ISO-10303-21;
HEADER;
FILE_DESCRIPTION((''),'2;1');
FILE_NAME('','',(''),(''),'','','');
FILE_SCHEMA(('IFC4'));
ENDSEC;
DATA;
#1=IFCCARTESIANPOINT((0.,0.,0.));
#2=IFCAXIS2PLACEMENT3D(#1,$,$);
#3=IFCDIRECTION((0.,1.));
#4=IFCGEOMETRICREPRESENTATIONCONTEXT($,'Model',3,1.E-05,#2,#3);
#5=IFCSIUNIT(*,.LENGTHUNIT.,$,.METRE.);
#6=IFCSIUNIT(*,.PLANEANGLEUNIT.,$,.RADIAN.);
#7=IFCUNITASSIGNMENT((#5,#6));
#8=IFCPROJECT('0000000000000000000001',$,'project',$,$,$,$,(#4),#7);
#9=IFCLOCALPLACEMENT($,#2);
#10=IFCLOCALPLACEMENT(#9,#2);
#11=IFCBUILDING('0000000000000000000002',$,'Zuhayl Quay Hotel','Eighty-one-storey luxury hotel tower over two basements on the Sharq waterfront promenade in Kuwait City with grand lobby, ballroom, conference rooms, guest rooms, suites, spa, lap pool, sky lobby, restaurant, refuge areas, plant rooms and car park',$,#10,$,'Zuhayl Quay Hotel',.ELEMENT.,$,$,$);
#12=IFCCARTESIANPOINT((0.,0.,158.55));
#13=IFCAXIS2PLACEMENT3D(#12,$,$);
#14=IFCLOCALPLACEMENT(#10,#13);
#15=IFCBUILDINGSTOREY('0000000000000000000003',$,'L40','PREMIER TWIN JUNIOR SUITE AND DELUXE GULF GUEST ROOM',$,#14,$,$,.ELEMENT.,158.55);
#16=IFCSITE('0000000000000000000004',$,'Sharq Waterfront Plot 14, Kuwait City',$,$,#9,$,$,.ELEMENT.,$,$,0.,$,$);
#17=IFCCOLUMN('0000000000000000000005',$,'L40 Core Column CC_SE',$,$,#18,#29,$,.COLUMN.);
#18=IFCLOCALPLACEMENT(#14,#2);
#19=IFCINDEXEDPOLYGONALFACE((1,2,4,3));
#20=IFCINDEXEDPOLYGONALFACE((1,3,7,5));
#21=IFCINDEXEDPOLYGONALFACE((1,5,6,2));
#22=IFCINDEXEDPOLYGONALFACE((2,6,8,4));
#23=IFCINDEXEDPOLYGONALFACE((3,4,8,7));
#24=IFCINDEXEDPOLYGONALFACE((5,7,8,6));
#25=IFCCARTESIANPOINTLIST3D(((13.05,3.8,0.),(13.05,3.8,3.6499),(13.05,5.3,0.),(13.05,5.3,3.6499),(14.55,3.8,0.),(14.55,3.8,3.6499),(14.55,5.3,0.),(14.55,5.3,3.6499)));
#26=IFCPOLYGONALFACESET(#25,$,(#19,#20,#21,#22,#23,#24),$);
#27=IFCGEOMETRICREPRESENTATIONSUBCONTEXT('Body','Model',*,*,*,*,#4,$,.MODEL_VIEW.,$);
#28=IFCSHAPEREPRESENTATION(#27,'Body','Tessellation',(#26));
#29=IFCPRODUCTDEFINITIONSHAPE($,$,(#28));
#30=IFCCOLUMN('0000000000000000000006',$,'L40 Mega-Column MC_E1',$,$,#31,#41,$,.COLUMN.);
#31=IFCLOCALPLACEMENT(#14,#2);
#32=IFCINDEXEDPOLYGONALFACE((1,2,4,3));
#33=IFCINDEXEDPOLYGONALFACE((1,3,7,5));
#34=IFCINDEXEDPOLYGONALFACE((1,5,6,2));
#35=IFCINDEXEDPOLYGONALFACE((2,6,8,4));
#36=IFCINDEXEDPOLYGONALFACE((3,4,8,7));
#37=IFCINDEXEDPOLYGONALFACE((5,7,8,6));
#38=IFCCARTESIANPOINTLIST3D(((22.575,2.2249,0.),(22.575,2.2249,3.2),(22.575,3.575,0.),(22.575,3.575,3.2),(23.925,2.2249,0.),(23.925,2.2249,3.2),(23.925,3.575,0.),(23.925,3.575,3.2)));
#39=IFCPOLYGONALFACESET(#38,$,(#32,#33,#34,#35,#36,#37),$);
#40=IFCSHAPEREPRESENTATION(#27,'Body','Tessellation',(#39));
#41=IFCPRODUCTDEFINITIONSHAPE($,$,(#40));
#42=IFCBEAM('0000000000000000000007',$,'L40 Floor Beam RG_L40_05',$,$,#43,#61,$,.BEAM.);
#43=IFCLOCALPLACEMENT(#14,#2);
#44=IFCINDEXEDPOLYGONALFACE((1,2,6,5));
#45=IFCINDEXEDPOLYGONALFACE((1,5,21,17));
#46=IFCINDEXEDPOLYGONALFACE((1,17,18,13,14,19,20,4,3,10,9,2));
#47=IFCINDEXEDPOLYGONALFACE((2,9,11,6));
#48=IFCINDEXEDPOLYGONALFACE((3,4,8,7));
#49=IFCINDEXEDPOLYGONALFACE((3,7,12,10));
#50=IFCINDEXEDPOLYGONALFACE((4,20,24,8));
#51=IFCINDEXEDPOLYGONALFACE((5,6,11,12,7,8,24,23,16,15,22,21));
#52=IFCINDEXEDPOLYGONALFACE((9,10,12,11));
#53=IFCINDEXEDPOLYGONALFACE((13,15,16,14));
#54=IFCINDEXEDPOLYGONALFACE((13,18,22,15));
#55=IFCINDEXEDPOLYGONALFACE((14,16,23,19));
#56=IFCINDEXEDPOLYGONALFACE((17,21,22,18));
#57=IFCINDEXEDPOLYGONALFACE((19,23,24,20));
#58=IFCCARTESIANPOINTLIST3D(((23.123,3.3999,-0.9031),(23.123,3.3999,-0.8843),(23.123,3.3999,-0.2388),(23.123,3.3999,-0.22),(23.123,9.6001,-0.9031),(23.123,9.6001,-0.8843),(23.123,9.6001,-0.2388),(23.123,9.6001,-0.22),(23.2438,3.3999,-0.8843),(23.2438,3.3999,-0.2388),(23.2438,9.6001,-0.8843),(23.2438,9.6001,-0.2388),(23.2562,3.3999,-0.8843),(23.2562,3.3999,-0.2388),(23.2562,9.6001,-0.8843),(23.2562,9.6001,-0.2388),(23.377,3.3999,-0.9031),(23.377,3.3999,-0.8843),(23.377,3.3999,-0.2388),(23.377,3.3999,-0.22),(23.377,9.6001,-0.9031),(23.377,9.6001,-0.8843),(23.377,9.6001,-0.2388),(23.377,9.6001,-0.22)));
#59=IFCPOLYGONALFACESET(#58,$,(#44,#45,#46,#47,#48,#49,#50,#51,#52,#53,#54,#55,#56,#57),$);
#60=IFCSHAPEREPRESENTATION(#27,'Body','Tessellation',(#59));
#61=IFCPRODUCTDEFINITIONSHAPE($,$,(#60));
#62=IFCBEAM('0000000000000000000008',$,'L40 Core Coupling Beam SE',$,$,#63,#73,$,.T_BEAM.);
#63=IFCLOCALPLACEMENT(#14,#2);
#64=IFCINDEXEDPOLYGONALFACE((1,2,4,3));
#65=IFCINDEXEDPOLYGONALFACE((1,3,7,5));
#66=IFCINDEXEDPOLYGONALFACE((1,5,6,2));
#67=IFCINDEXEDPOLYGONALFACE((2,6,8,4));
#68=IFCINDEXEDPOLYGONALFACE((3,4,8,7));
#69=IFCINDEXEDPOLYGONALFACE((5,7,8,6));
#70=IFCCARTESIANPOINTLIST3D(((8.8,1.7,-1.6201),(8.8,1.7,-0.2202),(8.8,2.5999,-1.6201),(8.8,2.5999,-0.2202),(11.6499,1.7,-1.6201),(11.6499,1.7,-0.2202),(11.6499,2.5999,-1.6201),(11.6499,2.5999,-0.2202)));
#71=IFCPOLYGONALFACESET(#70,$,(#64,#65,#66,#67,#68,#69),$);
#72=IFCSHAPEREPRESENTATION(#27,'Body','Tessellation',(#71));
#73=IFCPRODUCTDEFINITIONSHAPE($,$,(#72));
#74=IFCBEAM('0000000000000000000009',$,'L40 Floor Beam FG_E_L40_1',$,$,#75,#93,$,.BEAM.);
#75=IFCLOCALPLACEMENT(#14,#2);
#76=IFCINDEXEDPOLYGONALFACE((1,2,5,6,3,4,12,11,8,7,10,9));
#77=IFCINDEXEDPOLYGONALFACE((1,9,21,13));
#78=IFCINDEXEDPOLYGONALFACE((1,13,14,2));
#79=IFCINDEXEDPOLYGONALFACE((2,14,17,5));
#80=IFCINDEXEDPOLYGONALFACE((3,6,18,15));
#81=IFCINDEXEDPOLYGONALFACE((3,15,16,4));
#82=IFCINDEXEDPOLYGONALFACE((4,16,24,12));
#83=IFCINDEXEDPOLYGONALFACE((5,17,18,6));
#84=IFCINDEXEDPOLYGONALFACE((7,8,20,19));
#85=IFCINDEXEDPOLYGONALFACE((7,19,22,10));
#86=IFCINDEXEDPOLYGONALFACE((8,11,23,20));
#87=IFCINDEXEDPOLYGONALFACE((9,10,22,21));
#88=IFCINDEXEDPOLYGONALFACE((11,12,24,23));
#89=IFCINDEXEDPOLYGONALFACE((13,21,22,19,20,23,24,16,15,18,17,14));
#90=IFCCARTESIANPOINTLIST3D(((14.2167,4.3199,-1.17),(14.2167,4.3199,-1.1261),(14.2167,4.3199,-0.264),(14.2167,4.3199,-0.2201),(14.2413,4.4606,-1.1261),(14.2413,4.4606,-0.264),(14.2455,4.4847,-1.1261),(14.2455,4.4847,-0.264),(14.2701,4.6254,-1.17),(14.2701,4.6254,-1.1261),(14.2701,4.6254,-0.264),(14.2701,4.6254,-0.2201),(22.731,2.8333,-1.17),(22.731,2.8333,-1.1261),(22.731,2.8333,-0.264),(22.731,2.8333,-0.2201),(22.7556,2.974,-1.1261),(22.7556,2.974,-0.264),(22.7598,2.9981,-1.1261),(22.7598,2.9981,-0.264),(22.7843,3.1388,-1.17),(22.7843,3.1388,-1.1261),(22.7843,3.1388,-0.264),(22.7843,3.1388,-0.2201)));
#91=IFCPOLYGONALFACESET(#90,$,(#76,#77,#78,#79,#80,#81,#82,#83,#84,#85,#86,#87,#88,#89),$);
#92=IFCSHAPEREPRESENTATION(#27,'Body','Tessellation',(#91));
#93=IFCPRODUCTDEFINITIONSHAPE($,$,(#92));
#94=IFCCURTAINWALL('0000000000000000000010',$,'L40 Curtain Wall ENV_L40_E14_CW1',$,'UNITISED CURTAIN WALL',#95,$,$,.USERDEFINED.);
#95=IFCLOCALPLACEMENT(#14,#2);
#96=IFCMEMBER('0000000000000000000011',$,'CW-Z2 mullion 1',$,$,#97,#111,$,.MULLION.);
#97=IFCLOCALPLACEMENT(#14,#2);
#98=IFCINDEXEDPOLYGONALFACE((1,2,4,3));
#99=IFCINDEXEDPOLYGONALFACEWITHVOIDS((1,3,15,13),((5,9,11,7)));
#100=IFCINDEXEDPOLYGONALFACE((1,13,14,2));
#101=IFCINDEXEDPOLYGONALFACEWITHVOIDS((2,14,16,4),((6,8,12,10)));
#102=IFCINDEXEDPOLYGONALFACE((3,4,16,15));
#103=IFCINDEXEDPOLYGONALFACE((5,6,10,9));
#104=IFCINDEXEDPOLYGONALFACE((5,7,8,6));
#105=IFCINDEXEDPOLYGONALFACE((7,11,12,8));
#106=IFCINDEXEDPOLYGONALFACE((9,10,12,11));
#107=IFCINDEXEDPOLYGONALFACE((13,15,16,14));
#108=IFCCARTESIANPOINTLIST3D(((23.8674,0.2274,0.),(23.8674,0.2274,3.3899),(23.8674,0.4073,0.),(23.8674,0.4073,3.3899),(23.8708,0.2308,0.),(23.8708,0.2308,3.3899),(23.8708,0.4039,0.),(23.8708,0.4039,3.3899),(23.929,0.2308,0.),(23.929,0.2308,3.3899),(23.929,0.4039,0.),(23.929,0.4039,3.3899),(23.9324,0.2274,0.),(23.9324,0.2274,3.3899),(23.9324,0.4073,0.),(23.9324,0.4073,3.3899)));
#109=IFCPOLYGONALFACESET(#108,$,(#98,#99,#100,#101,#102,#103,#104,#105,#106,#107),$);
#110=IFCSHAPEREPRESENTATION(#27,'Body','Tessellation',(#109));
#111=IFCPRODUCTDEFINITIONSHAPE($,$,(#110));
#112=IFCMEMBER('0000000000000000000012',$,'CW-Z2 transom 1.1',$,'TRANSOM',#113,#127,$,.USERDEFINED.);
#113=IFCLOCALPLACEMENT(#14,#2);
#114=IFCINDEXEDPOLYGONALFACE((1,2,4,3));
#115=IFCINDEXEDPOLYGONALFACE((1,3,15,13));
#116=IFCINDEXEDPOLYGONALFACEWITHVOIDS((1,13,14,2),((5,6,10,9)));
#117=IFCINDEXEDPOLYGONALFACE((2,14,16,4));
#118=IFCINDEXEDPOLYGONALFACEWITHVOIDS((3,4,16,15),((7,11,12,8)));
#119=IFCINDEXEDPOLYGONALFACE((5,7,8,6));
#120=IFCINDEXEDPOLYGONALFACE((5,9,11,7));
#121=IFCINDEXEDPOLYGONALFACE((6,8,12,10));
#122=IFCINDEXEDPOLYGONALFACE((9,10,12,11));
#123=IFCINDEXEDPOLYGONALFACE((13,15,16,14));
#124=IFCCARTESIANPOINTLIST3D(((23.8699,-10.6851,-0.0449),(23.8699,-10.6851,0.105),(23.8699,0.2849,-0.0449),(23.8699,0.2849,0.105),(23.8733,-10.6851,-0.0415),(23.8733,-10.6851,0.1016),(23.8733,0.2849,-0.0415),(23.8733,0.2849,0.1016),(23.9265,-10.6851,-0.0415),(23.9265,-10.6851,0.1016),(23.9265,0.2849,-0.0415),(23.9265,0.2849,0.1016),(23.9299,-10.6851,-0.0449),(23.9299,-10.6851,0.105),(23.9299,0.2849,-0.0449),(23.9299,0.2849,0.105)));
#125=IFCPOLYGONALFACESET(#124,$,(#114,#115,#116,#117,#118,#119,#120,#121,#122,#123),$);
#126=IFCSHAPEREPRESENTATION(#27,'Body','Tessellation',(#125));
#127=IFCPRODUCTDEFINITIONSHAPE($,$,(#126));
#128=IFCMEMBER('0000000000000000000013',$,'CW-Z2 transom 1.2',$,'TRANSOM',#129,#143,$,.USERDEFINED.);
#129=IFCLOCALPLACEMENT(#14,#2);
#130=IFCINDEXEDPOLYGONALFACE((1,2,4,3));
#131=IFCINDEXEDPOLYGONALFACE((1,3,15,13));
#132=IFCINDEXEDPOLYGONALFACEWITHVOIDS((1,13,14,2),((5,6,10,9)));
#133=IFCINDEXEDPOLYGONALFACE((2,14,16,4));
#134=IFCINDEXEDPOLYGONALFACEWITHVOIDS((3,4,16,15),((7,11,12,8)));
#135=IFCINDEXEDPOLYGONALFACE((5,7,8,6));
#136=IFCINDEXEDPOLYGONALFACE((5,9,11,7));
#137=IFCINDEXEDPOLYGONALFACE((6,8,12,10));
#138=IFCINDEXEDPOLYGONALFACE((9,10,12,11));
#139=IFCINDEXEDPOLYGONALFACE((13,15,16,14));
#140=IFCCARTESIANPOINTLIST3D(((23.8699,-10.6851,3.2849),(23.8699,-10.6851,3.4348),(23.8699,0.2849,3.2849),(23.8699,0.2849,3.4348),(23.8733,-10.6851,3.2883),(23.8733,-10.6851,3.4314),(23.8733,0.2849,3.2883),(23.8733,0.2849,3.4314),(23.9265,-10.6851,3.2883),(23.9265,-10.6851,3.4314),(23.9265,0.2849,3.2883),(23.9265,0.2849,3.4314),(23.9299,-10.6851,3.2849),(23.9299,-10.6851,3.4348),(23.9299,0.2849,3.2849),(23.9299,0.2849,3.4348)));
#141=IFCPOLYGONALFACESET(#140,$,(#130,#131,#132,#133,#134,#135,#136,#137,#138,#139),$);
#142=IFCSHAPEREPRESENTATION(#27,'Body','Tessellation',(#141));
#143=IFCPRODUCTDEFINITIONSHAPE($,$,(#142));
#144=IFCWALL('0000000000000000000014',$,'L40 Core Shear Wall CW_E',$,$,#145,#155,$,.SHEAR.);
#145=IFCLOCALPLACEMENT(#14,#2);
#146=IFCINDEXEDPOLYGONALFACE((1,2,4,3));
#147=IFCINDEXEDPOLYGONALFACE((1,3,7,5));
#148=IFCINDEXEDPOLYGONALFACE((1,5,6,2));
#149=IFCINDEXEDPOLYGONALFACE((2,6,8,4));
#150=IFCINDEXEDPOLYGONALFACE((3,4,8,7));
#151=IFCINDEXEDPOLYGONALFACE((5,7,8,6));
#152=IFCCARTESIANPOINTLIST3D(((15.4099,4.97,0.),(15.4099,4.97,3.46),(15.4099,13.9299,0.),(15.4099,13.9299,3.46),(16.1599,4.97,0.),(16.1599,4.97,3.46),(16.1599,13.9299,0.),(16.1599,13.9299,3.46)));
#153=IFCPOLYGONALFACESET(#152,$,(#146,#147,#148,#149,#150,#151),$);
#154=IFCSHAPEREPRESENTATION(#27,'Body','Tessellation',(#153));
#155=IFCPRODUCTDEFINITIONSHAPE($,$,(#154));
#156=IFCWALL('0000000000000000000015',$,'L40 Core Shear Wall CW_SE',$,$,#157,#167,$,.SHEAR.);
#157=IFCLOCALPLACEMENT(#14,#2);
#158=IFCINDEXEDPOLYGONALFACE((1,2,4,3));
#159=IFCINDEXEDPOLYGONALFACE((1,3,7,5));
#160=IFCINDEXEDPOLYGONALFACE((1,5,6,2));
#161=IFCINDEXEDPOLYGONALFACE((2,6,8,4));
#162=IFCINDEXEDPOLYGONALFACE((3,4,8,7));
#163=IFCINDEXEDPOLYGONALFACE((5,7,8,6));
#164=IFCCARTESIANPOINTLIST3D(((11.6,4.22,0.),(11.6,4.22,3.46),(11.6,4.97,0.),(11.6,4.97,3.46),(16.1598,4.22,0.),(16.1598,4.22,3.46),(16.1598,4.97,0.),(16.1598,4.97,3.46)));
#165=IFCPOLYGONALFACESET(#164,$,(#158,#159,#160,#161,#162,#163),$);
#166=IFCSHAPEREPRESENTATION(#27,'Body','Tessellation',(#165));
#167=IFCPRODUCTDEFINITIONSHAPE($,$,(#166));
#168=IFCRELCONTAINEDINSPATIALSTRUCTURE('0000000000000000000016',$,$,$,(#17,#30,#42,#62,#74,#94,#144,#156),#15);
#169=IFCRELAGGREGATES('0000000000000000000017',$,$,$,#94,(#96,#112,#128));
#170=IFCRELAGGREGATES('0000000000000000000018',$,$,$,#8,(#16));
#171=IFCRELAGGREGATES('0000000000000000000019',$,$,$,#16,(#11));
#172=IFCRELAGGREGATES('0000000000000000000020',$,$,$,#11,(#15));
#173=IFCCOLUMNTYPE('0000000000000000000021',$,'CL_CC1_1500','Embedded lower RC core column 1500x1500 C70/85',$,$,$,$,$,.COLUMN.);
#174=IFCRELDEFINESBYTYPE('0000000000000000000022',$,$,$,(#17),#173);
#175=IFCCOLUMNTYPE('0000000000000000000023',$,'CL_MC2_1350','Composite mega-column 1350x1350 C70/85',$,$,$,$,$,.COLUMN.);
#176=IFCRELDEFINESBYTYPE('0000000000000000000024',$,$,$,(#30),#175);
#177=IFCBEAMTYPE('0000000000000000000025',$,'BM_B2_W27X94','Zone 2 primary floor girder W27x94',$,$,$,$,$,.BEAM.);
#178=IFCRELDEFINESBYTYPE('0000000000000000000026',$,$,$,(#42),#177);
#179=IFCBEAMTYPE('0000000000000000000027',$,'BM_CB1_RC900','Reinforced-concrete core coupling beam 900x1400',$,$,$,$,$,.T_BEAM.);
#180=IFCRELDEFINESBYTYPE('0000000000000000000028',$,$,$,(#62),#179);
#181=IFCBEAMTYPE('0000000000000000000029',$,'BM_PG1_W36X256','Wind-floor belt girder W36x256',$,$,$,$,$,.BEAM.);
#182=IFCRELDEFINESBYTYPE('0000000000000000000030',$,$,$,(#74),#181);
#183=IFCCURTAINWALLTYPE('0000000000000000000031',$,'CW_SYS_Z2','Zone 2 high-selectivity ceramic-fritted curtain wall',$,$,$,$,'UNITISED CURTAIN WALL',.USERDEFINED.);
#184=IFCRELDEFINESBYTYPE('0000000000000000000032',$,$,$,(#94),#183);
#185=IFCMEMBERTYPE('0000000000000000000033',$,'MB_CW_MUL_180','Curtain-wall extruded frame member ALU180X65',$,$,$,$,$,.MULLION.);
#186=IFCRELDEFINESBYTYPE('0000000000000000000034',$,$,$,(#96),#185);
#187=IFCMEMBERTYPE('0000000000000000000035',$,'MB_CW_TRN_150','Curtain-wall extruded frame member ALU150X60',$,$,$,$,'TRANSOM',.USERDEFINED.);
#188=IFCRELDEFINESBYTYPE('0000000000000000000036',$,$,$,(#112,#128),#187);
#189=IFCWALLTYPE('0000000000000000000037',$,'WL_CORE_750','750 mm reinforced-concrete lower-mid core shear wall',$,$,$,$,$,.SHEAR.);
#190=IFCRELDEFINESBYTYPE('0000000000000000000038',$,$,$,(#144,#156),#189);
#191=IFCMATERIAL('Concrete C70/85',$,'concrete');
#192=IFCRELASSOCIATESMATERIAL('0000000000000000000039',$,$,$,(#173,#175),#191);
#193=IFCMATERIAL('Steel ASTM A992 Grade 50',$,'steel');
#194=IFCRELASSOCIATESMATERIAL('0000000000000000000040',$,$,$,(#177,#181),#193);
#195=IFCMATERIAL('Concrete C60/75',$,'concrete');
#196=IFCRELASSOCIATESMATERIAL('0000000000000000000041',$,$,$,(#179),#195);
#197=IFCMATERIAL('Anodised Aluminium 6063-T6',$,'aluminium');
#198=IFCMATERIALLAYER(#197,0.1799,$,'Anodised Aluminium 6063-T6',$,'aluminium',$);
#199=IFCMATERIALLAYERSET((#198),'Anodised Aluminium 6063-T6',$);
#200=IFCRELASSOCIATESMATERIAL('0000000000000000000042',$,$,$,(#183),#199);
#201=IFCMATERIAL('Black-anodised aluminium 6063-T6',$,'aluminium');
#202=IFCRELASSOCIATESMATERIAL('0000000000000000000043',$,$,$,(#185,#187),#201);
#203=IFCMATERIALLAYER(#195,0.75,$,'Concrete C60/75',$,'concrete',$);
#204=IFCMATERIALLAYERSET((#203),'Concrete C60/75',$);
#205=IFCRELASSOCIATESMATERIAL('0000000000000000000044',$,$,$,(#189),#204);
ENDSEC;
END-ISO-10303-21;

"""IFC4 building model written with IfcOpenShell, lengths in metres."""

from ifc_helpers import new_model, si_unit, direction, frame, frame_2d, origin, origin_2d, place, context, subcontext, project, spatial, rectangle, hollow_rectangle, i_section, extrude, material, layer, layer_set, material_profile, profile_set, type_object, element, aggregate, save


model = new_model("IFC4")

# Units and contexts
model_context = context("Model", 3, precision=1e-05, world=origin(), true_north=direction((0.0, 1.0)))
body_context = subcontext(model_context, "Body", "Model", "MODEL_VIEW")
ifc_project = project(units=[si_unit("LENGTHUNIT", "METRE"), si_unit("PLANEANGLEUNIT", "RADIAN")], contexts=[model_context])

# Site, building, storey
site_placement = place(None, origin())
site = spatial("IfcSite", under=ifc_project, at=site_placement, Name="Sharq Waterfront Plot 14, Kuwait City", CompositionType="ELEMENT", RefElevation=0.0)
building_placement = place(site_placement, origin())
building = spatial("IfcBuilding", under=site, at=building_placement, Name="Zuhayl Quay Hotel", Description="Eighty-one-storey luxury hotel tower over two basements on the Sharq waterfront promenade in Kuwait City with grand lobby, ballroom, conference rooms, guest rooms, suites, spa, lap pool, sky lobby, restaurant, refuge areas, plant rooms and car park", LongName="Zuhayl Quay Hotel", CompositionType="ELEMENT")
storey_placement = place(building_placement, frame((0.0, 0.0, 158.55)))
storey = spatial("IfcBuildingStorey", under=building, at=storey_placement, Name="L40", Description="PREMIER TWIN JUNIOR SUITE AND DELUXE GULF GUEST ROOM", CompositionType="ELEMENT", Elevation=158.55)

# Columns
ifc_material_1 = material(Name="Concrete C70/85", Category="concrete")
ifc_material_profile_1 = material_profile(ifc_material_1, rectangle(XDim=1.5, YDim=1.5, at=origin_2d()), Name="RC1500X1500")
ifc_profile_set_1 = profile_set([ifc_material_profile_1], Name="Concrete C70/85")
column_type_1 = type_object("IfcColumnType", Name="CL_CC1_1500", Description="Embedded lower RC core column 1500x1500 C70/85", PredefinedType="COLUMN", material=ifc_profile_set_1)
column_1_placement = place(storey_placement, frame((13.8, 4.55, 0.0), z_axis=(0.0, 0.0, 1.0), x_axis=(1.0, 0.0, 0.0)))
element("IfcColumn", 1, at=column_1_placement, inside=storey, type_object=column_type_1, Name="L40 Core Column CC_SE", PredefinedType="COLUMN", context=body_context, shape_type="SweptSolid", body=[
    extrude(rectangle(XDim=1.5, YDim=1.5, at=origin_2d()), origin(), (0.0, 0.0, 1.0), 3.6499),
])
ifc_material_profile_2 = material_profile(ifc_material_1, rectangle(XDim=1.3501, YDim=1.3501, at=origin_2d()), Name="RC1350X1350")
ifc_profile_set_2 = profile_set([ifc_material_profile_2], Name="Concrete C70/85")
column_type_2 = type_object("IfcColumnType", Name="CL_MC2_1350", Description="Composite mega-column 1350x1350 C70/85", PredefinedType="COLUMN", material=ifc_profile_set_2)
column_2_placement = place(storey_placement, frame((23.25, 2.8999, 0.0), z_axis=(0.0, 0.0, 1.0), x_axis=(1.0, 0.0, 0.0)))
element("IfcColumn", 2, at=column_2_placement, inside=storey, type_object=column_type_2, Name="L40 Mega-Column MC_E1", PredefinedType="COLUMN", context=body_context, shape_type="SweptSolid", body=[
    extrude(rectangle(XDim=1.3501, YDim=1.3501, at=origin_2d()), origin(), (0.0, 0.0, 1.0), 3.2),
])

# Beams
ifc_material_2 = material(Name="Steel ASTM A992 Grade 50", Category="steel")
ifc_material_profile_3 = material_profile(ifc_material_2, i_section(OverallWidth=0.2539, OverallDepth=0.6831, WebThickness=0.0125, FlangeThickness=0.0188, at=origin_2d()), Name="W27X94")
ifc_profile_set_3 = profile_set([ifc_material_profile_3], Name="Steel ASTM A992 Grade 50")
beam_type_1 = type_object("IfcBeamType", Name="BM_B2_W27X94", Description="Zone 2 primary floor girder W27x94", PredefinedType="BEAM", material=ifc_profile_set_3)
beam_1_placement = place(storey_placement, frame((23.25, 3.3999, -0.5615), z_axis=(0.0, 1.0, 0.0), x_axis=(-1.0, 0.0, 0.0)))
element("IfcBeam", 3, at=beam_1_placement, inside=storey, type_object=beam_type_1, Name="L40 Floor Beam RG_L40_05", PredefinedType="BEAM", context=body_context, shape_type="SweptSolid", body=[
    extrude(i_section(OverallWidth=0.2539, OverallDepth=0.6831, WebThickness=0.0125, FlangeThickness=0.0188, at=origin_2d()), origin(), (0.0, 0.0, 1.0), 6.2002),
])
ifc_material_3 = material(Name="Concrete C60/75", Category="concrete")
ifc_material_profile_4 = material_profile(ifc_material_3, rectangle(XDim=0.8999, YDim=1.3999, at=origin_2d()), Name="RC900X1400")
ifc_profile_set_4 = profile_set([ifc_material_profile_4], Name="Concrete C60/75")
beam_type_2 = type_object("IfcBeamType", Name="BM_CB1_RC900", Description="Reinforced-concrete core coupling beam 900x1400", PredefinedType="T_BEAM", material=ifc_profile_set_4)
beam_2_placement = place(storey_placement, frame((8.8, 2.1499, -0.9202), z_axis=(1.0, 0.0, 0.0), x_axis=(0.0, 1.0, 0.0)))
element("IfcBeam", 4, at=beam_2_placement, inside=storey, type_object=beam_type_2, Name="L40 Core Coupling Beam SE", PredefinedType="T_BEAM", context=body_context, shape_type="SweptSolid", body=[
    extrude(rectangle(XDim=0.8999, YDim=1.3999, at=origin_2d()), origin(), (0.0, 0.0, 1.0), 2.8499),
])
ifc_material_profile_5 = material_profile(ifc_material_2, i_section(OverallWidth=0.3101, OverallDepth=0.95, WebThickness=0.0244, FlangeThickness=0.0439, at=origin_2d()), Name="W36X256")
ifc_profile_set_5 = profile_set([ifc_material_profile_5], Name="Steel ASTM A992 Grade 50")
beam_type_3 = type_object("IfcBeamType", Name="BM_PG1_W36X256", Description="Wind-floor belt girder W36x256", PredefinedType="BEAM", material=ifc_profile_set_5)
beam_3_placement = place(storey_placement, frame((14.2434, 4.4727, -0.6951), z_axis=(0.985097, -0.171998, 0.0), x_axis=(0.171998, 0.985097, 0.0)))
element("IfcBeam", 5, at=beam_3_placement, inside=storey, type_object=beam_type_3, Name="L40 Floor Beam FG_E_L40_1", PredefinedType="BEAM", context=body_context, shape_type="SweptSolid", body=[
    extrude(i_section(OverallWidth=0.3101, OverallDepth=0.95, WebThickness=0.0244, FlangeThickness=0.0439, at=origin_2d()), origin(), (0.0, 0.0, 1.0), 8.6431),
])

# Curtain wall, members
ifc_material_4 = material(Name="Anodised Aluminium 6063-T6", Category="aluminium")
ifc_layer_1 = layer(ifc_material_4, 0.1799, Name="Anodised Aluminium 6063-T6", Category="aluminium")
ifc_layer_set_1 = layer_set([ifc_layer_1], Name="Anodised Aluminium 6063-T6")
curtain_wall_type = type_object("IfcCurtainWallType", Name="CW_SYS_Z2", Description="Zone 2 high-selectivity ceramic-fritted curtain wall", ElementType="UNITISED CURTAIN WALL", PredefinedType="USERDEFINED", material=ifc_layer_set_1)
curtain_wall_placement = place(storey_placement, origin())
curtain_wall = element("IfcCurtainWall", 6, at=curtain_wall_placement, inside=storey, type_object=curtain_wall_type, Name="L40 Curtain Wall ENV_L40_E14_CW1", ObjectType="UNITISED CURTAIN WALL", PredefinedType="USERDEFINED")
ifc_material_5 = material(Name="Black-anodised aluminium 6063-T6", Category="aluminium")
ifc_material_profile_6 = material_profile(ifc_material_5, hollow_rectangle(XDim=0.0649, YDim=0.1799, WallThickness=0.0034, at=origin_2d()), Name="ALU180X65")
ifc_profile_set_6 = profile_set([ifc_material_profile_6], Name="Black-anodised aluminium 6063-T6")
member_type_1 = type_object("IfcMemberType", Name="MB_CW_MUL_180", Description="Curtain-wall extruded frame member ALU180X65", PredefinedType="MULLION", material=ifc_profile_set_6)
member_1_placement = place(storey_placement, frame((23.8999, 0.3174, 0.0), z_axis=(0.0, 0.0, 1.0), x_axis=(1.0, 0.0, 0.0)))
member_1 = element("IfcMember", 7, at=member_1_placement, type_object=member_type_1, Name="CW-Z2 mullion 1", PredefinedType="MULLION", context=body_context, shape_type="SweptSolid", body=[
    extrude(hollow_rectangle(XDim=0.0649, YDim=0.1799, WallThickness=0.0034, at=origin_2d()), origin(), (0.0, 0.0, 1.0), 3.3899),
])
ifc_material_profile_7 = material_profile(ifc_material_5, hollow_rectangle(XDim=0.0601, YDim=0.1499, WallThickness=0.0034, at=origin_2d()), Name="ALU150X60")
ifc_profile_set_7 = profile_set([ifc_material_profile_7], Name="Black-anodised aluminium 6063-T6")
member_type_2 = type_object("IfcMemberType", Name="MB_CW_TRN_150", Description="Curtain-wall extruded frame member ALU150X60", ElementType="TRANSOM", PredefinedType="USERDEFINED", material=ifc_profile_set_7)
member_2_placement = place(storey_placement, frame((23.8999, 0.2849, 0.03), z_axis=(0.0, -1.0, 0.0), x_axis=(1.0, 0.0, 0.0)))
member_2 = element("IfcMember", 8, at=member_2_placement, type_object=member_type_2, Name="CW-Z2 transom 1.1", ObjectType="TRANSOM", PredefinedType="USERDEFINED", context=body_context, shape_type="SweptSolid", body=[
    extrude(hollow_rectangle(XDim=0.0601, YDim=0.1499, WallThickness=0.0034, at=origin_2d()), origin(), (0.0, 0.0, 1.0), 10.97),
])
member_3_placement = place(storey_placement, frame((23.8999, 0.2849, 3.3599), z_axis=(0.0, -1.0, 0.0), x_axis=(1.0, 0.0, 0.0)))
member_3 = element("IfcMember", 9, at=member_3_placement, type_object=member_type_2, Name="CW-Z2 transom 1.2", ObjectType="TRANSOM", PredefinedType="USERDEFINED", context=body_context, shape_type="SweptSolid", body=[
    extrude(hollow_rectangle(XDim=0.0601, YDim=0.1499, WallThickness=0.0034, at=origin_2d()), origin(), (0.0, 0.0, 1.0), 10.97),
])
aggregate(curtain_wall, [member_1, member_2, member_3])

# Walls
ifc_layer_2 = layer(ifc_material_3, 0.75, Name="Concrete C60/75", Category="concrete")
ifc_layer_set_2 = layer_set([ifc_layer_2], Name="Concrete C60/75")
wall_type_1 = type_object("IfcWallType", Name="WL_CORE_750", Description="750 mm reinforced-concrete lower-mid core shear wall", PredefinedType="SHEAR", material=ifc_layer_set_2)
wall_1_placement = place(storey_placement, frame((15.7849, 4.97, 0.0), z_axis=(0.0, 0.0, 1.0), x_axis=(0.0, 1.0, 0.0)))
element("IfcWall", 10, at=wall_1_placement, inside=storey, type_object=wall_type_1, Name="L40 Core Shear Wall CW_E", PredefinedType="SHEAR", context=body_context, shape_type="SweptSolid", body=[
    extrude(rectangle(XDim=8.96, YDim=0.75, at=frame_2d((4.48, 0.0))), origin(), (0.0, 0.0, 1.0), 3.46),
])
wall_2_placement = place(storey_placement, frame((11.6001, 4.595, 0.0), z_axis=(0.0, 0.0, 1.0), x_axis=(1.0, 0.0, 0.0)))
element("IfcWall", 11, at=wall_2_placement, inside=storey, type_object=wall_type_1, Name="L40 Core Shear Wall CW_SE", PredefinedType="SHEAR", context=body_context, shape_type="SweptSolid", body=[
    extrude(rectangle(XDim=4.5598, YDim=0.75, at=frame_2d((2.2798, 0.0))), origin(), (0.0, 0.0, 1.0), 3.46),
])

save(model, "model.ifc")
